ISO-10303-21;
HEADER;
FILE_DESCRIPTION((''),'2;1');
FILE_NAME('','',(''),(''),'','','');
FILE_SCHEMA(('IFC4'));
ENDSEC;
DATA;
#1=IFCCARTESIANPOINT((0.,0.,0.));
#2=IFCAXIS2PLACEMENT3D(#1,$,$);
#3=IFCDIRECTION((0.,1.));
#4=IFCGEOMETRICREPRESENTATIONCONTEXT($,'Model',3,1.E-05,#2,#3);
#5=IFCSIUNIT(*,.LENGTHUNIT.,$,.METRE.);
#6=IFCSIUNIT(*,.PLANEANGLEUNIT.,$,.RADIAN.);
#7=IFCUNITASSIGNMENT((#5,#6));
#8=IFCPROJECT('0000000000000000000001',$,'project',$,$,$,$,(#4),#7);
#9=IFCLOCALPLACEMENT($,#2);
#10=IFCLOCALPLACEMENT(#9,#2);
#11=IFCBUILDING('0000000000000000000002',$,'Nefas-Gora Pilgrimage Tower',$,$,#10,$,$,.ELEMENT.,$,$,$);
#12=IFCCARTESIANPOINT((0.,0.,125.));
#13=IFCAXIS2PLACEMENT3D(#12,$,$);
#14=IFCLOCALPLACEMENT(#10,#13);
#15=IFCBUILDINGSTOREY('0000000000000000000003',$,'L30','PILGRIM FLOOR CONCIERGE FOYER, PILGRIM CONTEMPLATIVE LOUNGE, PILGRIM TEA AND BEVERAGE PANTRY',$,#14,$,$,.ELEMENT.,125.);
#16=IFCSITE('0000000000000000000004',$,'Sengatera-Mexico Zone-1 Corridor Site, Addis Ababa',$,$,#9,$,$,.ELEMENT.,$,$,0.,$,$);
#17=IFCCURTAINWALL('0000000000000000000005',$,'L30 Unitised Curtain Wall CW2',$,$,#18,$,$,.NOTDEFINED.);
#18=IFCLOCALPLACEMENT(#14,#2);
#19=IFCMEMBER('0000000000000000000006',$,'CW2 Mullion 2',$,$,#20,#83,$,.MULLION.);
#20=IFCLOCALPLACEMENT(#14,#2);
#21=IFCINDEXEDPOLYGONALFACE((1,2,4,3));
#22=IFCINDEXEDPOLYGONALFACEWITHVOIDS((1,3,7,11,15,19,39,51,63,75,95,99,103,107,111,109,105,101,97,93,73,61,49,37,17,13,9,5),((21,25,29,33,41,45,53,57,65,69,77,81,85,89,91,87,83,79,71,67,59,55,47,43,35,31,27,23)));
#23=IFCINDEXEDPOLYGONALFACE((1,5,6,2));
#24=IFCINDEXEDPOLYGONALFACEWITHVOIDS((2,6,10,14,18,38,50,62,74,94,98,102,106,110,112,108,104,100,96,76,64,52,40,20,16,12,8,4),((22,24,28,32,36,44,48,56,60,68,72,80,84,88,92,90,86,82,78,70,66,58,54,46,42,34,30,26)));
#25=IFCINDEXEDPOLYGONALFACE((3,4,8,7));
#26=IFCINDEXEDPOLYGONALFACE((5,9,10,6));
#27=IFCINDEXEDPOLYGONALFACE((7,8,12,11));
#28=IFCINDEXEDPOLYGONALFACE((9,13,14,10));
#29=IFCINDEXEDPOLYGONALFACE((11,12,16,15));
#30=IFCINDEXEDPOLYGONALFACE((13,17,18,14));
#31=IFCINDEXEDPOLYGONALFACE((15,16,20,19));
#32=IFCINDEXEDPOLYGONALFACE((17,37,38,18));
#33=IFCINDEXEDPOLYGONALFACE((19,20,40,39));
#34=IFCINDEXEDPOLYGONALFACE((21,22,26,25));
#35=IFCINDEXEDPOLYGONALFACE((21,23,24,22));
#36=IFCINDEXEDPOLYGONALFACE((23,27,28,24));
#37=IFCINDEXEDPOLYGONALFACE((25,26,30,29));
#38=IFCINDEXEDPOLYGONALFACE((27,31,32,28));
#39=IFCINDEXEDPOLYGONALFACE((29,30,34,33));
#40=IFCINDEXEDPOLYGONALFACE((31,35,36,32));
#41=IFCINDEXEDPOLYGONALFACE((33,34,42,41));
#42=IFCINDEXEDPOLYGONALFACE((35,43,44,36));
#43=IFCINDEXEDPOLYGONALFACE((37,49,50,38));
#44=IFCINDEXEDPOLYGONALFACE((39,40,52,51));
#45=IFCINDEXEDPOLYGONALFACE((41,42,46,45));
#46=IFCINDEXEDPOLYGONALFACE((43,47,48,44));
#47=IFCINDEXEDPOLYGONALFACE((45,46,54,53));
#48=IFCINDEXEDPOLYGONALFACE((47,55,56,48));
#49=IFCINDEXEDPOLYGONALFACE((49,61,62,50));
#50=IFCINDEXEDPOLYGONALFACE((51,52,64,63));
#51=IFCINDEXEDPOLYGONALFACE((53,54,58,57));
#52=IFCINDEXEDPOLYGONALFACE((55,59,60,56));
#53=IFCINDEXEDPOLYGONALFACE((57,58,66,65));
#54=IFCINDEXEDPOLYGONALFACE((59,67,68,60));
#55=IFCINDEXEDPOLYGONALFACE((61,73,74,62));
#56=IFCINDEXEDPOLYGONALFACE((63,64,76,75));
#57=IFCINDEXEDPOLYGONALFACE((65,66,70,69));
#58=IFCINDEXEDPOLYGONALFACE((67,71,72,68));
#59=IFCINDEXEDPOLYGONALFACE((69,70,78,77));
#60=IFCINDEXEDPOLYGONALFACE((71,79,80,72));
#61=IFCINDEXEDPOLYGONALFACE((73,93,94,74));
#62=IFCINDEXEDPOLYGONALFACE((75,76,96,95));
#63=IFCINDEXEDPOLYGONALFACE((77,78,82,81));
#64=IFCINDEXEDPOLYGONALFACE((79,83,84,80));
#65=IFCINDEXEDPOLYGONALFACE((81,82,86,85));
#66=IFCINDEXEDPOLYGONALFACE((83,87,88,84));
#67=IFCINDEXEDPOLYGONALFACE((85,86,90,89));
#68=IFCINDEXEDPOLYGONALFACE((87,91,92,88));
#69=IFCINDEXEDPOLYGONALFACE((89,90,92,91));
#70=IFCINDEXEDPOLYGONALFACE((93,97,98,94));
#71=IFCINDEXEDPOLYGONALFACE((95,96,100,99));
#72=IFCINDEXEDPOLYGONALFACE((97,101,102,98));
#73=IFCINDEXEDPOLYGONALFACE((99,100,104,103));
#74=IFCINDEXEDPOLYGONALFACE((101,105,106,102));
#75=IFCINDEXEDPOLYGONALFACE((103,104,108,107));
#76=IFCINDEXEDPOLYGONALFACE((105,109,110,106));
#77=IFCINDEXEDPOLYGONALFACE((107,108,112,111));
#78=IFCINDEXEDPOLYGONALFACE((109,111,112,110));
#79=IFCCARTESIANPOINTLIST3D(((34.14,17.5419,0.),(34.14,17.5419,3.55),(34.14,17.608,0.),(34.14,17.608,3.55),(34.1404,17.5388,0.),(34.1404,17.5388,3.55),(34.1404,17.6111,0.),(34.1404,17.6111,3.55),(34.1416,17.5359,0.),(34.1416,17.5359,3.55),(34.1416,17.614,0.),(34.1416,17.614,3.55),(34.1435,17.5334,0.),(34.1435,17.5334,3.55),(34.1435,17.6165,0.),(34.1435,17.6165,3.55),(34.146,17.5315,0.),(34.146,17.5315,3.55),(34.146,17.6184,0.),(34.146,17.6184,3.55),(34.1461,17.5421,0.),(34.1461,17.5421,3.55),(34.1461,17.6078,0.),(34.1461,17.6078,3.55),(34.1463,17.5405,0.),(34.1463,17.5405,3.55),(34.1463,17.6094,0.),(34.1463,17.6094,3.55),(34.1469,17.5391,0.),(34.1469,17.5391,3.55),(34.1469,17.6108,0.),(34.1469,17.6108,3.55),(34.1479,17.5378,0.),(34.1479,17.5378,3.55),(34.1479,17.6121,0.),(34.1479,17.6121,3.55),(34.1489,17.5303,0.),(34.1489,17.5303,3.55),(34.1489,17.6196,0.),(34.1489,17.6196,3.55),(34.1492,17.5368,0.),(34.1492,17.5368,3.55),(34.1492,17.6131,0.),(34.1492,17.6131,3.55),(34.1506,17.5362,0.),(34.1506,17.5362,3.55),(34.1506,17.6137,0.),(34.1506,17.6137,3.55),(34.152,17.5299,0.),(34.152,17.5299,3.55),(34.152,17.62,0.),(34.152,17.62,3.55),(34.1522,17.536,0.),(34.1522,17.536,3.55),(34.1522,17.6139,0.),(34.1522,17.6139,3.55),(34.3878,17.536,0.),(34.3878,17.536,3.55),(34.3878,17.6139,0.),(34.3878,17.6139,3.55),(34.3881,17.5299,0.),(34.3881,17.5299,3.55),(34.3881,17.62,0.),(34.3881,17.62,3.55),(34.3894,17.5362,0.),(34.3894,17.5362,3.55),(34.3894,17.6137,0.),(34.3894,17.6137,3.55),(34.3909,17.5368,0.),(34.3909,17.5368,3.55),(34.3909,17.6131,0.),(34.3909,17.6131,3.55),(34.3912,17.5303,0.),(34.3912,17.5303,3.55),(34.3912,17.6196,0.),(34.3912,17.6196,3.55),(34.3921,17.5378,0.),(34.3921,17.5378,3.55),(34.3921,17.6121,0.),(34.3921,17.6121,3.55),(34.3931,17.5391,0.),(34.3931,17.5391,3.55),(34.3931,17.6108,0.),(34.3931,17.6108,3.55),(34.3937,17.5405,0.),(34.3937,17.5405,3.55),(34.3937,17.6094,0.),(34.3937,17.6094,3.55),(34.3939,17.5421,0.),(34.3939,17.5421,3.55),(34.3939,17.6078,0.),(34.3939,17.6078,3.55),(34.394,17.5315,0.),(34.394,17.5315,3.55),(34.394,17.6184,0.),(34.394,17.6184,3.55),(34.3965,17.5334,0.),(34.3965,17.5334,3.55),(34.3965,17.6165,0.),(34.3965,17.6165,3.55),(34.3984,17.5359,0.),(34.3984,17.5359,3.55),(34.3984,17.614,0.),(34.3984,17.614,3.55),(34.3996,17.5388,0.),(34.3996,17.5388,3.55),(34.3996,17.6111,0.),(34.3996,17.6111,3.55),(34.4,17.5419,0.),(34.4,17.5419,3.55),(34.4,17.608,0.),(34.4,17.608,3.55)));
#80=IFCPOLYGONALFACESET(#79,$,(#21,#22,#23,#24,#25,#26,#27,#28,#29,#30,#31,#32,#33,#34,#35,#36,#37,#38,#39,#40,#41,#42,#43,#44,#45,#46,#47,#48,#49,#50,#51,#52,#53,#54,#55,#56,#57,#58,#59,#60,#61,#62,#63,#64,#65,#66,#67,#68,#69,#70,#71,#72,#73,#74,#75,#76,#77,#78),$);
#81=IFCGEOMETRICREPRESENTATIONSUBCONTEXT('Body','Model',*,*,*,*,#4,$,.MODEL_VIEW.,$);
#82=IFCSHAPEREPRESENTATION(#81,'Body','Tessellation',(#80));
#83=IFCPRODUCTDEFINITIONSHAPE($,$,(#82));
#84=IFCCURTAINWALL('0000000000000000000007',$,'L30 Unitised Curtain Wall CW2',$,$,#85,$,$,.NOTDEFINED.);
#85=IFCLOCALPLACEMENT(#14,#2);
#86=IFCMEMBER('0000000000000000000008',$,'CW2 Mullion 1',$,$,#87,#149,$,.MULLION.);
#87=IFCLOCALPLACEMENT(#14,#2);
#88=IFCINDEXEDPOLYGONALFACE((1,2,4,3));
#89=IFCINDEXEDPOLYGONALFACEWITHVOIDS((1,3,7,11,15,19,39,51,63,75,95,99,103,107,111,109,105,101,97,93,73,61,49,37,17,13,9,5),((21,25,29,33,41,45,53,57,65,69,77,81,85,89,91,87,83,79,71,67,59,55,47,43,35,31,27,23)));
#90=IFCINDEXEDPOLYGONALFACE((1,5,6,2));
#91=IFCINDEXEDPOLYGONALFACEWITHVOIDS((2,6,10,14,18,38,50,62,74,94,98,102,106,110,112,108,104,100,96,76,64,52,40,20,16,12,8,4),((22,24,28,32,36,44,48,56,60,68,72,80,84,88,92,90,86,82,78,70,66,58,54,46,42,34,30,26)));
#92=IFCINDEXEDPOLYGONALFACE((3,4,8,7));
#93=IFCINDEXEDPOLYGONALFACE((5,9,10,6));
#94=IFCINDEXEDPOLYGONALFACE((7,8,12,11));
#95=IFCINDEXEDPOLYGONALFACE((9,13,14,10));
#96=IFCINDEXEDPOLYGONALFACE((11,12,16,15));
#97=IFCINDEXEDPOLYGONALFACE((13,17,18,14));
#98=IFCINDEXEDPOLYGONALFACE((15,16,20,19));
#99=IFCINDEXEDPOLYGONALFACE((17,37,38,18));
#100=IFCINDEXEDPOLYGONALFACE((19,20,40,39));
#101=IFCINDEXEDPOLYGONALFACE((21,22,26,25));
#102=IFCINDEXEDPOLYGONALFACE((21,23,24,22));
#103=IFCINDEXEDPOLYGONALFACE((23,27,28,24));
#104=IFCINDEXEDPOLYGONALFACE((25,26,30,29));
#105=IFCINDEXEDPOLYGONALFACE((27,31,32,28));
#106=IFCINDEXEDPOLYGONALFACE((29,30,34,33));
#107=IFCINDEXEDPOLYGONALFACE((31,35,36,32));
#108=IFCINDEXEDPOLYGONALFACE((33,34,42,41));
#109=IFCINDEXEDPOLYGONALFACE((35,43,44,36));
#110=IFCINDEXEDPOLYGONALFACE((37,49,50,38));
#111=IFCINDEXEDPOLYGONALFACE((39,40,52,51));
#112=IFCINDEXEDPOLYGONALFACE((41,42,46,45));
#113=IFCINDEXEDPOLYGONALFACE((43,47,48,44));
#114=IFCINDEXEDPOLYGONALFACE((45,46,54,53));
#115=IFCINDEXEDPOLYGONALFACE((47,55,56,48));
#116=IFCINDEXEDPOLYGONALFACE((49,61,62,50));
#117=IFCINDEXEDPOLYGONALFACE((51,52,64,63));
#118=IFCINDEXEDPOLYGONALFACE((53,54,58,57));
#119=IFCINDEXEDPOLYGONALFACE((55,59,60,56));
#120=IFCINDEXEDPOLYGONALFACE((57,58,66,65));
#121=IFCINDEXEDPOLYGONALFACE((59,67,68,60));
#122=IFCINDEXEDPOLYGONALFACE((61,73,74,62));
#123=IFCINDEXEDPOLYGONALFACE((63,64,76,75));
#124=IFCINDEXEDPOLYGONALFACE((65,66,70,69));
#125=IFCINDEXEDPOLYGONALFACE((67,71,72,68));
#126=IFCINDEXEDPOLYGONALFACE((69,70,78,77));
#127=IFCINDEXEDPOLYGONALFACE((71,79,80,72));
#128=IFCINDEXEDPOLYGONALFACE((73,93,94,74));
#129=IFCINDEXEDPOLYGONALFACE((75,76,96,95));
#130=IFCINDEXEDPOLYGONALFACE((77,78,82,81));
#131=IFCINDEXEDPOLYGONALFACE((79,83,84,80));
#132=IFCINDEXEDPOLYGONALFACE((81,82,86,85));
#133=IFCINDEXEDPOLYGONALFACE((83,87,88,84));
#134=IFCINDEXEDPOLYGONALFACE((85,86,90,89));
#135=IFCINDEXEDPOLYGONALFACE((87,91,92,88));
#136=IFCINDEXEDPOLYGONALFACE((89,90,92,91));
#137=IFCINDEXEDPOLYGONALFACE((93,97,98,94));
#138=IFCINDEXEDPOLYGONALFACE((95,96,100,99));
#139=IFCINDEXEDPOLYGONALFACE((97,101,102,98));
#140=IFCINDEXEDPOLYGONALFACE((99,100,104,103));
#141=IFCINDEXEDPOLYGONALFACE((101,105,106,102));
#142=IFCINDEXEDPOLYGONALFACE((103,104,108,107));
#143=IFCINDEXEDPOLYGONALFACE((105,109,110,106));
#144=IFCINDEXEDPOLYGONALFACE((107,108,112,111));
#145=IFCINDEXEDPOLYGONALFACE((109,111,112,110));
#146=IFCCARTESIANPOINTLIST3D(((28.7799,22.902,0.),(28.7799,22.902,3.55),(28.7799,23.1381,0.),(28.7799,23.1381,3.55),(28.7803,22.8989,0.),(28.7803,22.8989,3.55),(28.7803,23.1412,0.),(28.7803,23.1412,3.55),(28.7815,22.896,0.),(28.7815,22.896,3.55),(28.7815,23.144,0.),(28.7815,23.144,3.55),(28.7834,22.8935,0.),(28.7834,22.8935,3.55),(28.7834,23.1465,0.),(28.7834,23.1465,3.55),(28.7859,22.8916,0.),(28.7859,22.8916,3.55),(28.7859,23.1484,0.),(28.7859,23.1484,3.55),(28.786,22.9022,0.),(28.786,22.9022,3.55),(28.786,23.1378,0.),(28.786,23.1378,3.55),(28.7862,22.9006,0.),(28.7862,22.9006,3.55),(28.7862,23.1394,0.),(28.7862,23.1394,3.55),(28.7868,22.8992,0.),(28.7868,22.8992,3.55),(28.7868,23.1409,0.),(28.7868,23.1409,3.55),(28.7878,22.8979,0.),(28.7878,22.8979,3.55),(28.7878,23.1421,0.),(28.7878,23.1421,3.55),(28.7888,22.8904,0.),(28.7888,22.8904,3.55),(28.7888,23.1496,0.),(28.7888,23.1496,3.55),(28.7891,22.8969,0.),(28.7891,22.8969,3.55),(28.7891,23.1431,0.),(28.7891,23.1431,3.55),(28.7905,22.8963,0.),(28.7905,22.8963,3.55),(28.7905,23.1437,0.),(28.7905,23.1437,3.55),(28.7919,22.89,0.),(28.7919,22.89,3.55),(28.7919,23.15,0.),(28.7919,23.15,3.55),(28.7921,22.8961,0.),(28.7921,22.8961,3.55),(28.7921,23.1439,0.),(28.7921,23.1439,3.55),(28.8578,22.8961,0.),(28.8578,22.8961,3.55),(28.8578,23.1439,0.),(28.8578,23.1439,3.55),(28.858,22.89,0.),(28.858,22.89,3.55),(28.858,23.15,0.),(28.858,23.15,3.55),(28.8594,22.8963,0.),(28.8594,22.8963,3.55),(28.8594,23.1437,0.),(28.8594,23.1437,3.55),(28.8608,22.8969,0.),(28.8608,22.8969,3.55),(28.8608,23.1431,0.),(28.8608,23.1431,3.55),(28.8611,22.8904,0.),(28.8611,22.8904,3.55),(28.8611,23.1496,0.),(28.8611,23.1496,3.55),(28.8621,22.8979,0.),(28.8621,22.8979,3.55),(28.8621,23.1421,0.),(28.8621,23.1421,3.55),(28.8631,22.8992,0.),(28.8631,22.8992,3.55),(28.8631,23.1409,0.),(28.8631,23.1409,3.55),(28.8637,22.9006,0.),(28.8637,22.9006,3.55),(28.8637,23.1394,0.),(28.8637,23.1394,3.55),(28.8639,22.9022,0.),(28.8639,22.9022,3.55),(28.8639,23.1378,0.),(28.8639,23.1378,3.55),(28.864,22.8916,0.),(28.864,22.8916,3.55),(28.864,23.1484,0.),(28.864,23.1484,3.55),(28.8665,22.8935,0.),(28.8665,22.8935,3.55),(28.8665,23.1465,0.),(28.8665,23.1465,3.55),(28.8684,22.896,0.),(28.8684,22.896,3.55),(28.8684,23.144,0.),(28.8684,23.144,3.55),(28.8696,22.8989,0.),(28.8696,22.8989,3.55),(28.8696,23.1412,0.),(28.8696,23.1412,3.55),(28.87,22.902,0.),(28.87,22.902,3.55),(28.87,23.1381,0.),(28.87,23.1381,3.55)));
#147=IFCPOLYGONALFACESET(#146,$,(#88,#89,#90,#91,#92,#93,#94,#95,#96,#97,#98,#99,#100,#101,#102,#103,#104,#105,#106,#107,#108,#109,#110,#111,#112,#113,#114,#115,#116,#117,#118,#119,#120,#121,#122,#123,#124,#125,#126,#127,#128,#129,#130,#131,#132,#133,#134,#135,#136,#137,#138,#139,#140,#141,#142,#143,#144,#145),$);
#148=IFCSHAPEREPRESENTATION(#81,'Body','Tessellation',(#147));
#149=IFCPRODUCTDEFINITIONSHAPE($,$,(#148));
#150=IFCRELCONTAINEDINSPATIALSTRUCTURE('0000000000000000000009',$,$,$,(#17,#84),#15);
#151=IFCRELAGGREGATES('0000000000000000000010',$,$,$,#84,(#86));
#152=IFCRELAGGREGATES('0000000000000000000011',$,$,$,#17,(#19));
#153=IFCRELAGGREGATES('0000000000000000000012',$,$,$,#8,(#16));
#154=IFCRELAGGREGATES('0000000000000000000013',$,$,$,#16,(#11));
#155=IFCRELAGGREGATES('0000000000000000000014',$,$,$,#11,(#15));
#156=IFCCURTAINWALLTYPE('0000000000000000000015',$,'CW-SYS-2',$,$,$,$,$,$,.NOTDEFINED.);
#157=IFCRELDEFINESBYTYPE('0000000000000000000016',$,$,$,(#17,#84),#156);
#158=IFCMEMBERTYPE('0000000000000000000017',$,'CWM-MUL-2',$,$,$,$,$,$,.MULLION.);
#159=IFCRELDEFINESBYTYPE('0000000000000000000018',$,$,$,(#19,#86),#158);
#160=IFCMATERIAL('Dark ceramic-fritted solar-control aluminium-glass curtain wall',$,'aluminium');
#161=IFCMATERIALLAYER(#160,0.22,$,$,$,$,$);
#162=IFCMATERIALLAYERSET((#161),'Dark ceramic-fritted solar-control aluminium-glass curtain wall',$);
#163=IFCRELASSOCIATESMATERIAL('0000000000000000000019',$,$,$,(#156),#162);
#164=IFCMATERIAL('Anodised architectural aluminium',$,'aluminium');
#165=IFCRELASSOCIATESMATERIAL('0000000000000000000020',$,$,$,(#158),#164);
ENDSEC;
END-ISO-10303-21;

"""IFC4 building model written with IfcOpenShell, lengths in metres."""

from ifc_helpers import new_model, si_unit, direction, frame, origin, origin_2d, place, context, subcontext, project, spatial, hollow_rectangle, extrude, source, transform, mapped, material, layer, layer_set, material_profile, profile_set, type_object, element, aggregate, save


model = new_model("IFC4")

# Units and contexts
model_context = context("Model", 3, precision=1e-05, world=origin(), true_north=direction((0.0, 1.0)))
body_context = subcontext(model_context, "Body", "Model", "MODEL_VIEW")
ifc_project = project(units=[si_unit("LENGTHUNIT", "METRE"), si_unit("PLANEANGLEUNIT", "RADIAN")], contexts=[model_context])

# Site, building, storey
site_placement = place(None, origin())
site = spatial("IfcSite", under=ifc_project, at=site_placement, Name="Sengatera-Mexico Zone-1 Corridor Site, Addis Ababa", CompositionType="ELEMENT", RefElevation=0.0)
building_placement = place(site_placement, origin())
building = spatial("IfcBuilding", under=site, at=building_placement, Name="Nefas-Gora Pilgrimage Tower", CompositionType="ELEMENT")
storey_placement = place(building_placement, frame((0.0, 0.0, 125.0)))
storey = spatial("IfcBuildingStorey", under=building, at=storey_placement, Name="L30", Description="PILGRIM FLOOR CONCIERGE FOYER, PILGRIM CONTEMPLATIVE LOUNGE, PILGRIM TEA AND BEVERAGE PANTRY", CompositionType="ELEMENT", Elevation=125.0)

# Curtain wall, member
ifc_material_1 = material(Name="Dark ceramic-fritted solar-control aluminium-glass curtain wall", Category="aluminium")
ifc_layer_1 = layer(ifc_material_1, 0.22)
ifc_layer_set_1 = layer_set([ifc_layer_1], Name="Dark ceramic-fritted solar-control aluminium-glass curtain wall")
curtain_wall_type = type_object("IfcCurtainWallType", Name="CW-SYS-2", PredefinedType="NOTDEFINED", material=ifc_layer_set_1)
curtain_wall_1_placement = place(storey_placement, origin())
curtain_wall_1 = element("IfcCurtainWall", 1, at=curtain_wall_1_placement, inside=storey, type_object=curtain_wall_type, Name="L30 Unitised Curtain Wall CW2", PredefinedType="NOTDEFINED")
ifc_material_2 = material(Name="Anodised architectural aluminium", Category="aluminium")
ifc_material_profile_1 = material_profile(ifc_material_2, hollow_rectangle(XDim=0.0901, YDim=0.26, WallThickness=0.0061, InnerFilletRadius=0.0061, OuterFilletRadius=0.012, at=origin_2d()), Name="ALU MULLION 90x260")
ifc_profile_set_1 = profile_set([ifc_material_profile_1], Name="Anodised architectural aluminium")
member_type_1 = type_object("IfcMemberType", Name="CWM-MUL-2", PredefinedType="MULLION", material=ifc_profile_set_1)
shared_shape_1 = source(origin(), body_context, "Body", "SweptSolid", [
    extrude(hollow_rectangle(XDim=0.0901, YDim=0.26, WallThickness=0.0061, InnerFilletRadius=0.0061, OuterFilletRadius=0.012, at=origin_2d()), origin(), (0.0, 0.0, 1.0), 3.55),
])
member_1_placement = place(storey_placement, frame((34.27, 17.575, 0.0), z_axis=(0.0, 0.0, 1.0), x_axis=(0.0, 1.0, 0.0)))
member_1 = element("IfcMember", 2, at=member_1_placement, type_object=member_type_1, Name="CW2 Mullion 2", PredefinedType="MULLION", context=body_context, shape_type="MappedRepresentation", body=[
    mapped(shared_shape_1, transform((0.0, 0.0, 0.0), x_axis=(1.0, 0.0, 0.0), y_axis=(0.0, 1.0, 0.0), z_axis=(0.0, 0.0, 1.0), scale=1.0)),
])

# Curtain wall, member
curtain_wall_2_placement = place(storey_placement, origin())
curtain_wall_2 = element("IfcCurtainWall", 3, at=curtain_wall_2_placement, inside=storey, type_object=curtain_wall_type, Name="L30 Unitised Curtain Wall CW2", PredefinedType="NOTDEFINED")
member_2_placement = place(storey_placement, frame((28.825, 23.02, 0.0), z_axis=(0.0, 0.0, 1.0), x_axis=(-1.0, 0.0, 0.0)))
member_2 = element("IfcMember", 4, at=member_2_placement, type_object=member_type_1, Name="CW2 Mullion 1", PredefinedType="MULLION", context=body_context, shape_type="MappedRepresentation", body=[
    mapped(shared_shape_1, transform((0.0, 0.0, 0.0), x_axis=(1.0, 0.0, 0.0), y_axis=(0.0, 1.0, 0.0), z_axis=(0.0, 0.0, 1.0), scale=1.0)),
])

aggregate(curtain_wall_2, [member_2])
aggregate(curtain_wall_1, [member_1])

save(model, "model.ifc")
